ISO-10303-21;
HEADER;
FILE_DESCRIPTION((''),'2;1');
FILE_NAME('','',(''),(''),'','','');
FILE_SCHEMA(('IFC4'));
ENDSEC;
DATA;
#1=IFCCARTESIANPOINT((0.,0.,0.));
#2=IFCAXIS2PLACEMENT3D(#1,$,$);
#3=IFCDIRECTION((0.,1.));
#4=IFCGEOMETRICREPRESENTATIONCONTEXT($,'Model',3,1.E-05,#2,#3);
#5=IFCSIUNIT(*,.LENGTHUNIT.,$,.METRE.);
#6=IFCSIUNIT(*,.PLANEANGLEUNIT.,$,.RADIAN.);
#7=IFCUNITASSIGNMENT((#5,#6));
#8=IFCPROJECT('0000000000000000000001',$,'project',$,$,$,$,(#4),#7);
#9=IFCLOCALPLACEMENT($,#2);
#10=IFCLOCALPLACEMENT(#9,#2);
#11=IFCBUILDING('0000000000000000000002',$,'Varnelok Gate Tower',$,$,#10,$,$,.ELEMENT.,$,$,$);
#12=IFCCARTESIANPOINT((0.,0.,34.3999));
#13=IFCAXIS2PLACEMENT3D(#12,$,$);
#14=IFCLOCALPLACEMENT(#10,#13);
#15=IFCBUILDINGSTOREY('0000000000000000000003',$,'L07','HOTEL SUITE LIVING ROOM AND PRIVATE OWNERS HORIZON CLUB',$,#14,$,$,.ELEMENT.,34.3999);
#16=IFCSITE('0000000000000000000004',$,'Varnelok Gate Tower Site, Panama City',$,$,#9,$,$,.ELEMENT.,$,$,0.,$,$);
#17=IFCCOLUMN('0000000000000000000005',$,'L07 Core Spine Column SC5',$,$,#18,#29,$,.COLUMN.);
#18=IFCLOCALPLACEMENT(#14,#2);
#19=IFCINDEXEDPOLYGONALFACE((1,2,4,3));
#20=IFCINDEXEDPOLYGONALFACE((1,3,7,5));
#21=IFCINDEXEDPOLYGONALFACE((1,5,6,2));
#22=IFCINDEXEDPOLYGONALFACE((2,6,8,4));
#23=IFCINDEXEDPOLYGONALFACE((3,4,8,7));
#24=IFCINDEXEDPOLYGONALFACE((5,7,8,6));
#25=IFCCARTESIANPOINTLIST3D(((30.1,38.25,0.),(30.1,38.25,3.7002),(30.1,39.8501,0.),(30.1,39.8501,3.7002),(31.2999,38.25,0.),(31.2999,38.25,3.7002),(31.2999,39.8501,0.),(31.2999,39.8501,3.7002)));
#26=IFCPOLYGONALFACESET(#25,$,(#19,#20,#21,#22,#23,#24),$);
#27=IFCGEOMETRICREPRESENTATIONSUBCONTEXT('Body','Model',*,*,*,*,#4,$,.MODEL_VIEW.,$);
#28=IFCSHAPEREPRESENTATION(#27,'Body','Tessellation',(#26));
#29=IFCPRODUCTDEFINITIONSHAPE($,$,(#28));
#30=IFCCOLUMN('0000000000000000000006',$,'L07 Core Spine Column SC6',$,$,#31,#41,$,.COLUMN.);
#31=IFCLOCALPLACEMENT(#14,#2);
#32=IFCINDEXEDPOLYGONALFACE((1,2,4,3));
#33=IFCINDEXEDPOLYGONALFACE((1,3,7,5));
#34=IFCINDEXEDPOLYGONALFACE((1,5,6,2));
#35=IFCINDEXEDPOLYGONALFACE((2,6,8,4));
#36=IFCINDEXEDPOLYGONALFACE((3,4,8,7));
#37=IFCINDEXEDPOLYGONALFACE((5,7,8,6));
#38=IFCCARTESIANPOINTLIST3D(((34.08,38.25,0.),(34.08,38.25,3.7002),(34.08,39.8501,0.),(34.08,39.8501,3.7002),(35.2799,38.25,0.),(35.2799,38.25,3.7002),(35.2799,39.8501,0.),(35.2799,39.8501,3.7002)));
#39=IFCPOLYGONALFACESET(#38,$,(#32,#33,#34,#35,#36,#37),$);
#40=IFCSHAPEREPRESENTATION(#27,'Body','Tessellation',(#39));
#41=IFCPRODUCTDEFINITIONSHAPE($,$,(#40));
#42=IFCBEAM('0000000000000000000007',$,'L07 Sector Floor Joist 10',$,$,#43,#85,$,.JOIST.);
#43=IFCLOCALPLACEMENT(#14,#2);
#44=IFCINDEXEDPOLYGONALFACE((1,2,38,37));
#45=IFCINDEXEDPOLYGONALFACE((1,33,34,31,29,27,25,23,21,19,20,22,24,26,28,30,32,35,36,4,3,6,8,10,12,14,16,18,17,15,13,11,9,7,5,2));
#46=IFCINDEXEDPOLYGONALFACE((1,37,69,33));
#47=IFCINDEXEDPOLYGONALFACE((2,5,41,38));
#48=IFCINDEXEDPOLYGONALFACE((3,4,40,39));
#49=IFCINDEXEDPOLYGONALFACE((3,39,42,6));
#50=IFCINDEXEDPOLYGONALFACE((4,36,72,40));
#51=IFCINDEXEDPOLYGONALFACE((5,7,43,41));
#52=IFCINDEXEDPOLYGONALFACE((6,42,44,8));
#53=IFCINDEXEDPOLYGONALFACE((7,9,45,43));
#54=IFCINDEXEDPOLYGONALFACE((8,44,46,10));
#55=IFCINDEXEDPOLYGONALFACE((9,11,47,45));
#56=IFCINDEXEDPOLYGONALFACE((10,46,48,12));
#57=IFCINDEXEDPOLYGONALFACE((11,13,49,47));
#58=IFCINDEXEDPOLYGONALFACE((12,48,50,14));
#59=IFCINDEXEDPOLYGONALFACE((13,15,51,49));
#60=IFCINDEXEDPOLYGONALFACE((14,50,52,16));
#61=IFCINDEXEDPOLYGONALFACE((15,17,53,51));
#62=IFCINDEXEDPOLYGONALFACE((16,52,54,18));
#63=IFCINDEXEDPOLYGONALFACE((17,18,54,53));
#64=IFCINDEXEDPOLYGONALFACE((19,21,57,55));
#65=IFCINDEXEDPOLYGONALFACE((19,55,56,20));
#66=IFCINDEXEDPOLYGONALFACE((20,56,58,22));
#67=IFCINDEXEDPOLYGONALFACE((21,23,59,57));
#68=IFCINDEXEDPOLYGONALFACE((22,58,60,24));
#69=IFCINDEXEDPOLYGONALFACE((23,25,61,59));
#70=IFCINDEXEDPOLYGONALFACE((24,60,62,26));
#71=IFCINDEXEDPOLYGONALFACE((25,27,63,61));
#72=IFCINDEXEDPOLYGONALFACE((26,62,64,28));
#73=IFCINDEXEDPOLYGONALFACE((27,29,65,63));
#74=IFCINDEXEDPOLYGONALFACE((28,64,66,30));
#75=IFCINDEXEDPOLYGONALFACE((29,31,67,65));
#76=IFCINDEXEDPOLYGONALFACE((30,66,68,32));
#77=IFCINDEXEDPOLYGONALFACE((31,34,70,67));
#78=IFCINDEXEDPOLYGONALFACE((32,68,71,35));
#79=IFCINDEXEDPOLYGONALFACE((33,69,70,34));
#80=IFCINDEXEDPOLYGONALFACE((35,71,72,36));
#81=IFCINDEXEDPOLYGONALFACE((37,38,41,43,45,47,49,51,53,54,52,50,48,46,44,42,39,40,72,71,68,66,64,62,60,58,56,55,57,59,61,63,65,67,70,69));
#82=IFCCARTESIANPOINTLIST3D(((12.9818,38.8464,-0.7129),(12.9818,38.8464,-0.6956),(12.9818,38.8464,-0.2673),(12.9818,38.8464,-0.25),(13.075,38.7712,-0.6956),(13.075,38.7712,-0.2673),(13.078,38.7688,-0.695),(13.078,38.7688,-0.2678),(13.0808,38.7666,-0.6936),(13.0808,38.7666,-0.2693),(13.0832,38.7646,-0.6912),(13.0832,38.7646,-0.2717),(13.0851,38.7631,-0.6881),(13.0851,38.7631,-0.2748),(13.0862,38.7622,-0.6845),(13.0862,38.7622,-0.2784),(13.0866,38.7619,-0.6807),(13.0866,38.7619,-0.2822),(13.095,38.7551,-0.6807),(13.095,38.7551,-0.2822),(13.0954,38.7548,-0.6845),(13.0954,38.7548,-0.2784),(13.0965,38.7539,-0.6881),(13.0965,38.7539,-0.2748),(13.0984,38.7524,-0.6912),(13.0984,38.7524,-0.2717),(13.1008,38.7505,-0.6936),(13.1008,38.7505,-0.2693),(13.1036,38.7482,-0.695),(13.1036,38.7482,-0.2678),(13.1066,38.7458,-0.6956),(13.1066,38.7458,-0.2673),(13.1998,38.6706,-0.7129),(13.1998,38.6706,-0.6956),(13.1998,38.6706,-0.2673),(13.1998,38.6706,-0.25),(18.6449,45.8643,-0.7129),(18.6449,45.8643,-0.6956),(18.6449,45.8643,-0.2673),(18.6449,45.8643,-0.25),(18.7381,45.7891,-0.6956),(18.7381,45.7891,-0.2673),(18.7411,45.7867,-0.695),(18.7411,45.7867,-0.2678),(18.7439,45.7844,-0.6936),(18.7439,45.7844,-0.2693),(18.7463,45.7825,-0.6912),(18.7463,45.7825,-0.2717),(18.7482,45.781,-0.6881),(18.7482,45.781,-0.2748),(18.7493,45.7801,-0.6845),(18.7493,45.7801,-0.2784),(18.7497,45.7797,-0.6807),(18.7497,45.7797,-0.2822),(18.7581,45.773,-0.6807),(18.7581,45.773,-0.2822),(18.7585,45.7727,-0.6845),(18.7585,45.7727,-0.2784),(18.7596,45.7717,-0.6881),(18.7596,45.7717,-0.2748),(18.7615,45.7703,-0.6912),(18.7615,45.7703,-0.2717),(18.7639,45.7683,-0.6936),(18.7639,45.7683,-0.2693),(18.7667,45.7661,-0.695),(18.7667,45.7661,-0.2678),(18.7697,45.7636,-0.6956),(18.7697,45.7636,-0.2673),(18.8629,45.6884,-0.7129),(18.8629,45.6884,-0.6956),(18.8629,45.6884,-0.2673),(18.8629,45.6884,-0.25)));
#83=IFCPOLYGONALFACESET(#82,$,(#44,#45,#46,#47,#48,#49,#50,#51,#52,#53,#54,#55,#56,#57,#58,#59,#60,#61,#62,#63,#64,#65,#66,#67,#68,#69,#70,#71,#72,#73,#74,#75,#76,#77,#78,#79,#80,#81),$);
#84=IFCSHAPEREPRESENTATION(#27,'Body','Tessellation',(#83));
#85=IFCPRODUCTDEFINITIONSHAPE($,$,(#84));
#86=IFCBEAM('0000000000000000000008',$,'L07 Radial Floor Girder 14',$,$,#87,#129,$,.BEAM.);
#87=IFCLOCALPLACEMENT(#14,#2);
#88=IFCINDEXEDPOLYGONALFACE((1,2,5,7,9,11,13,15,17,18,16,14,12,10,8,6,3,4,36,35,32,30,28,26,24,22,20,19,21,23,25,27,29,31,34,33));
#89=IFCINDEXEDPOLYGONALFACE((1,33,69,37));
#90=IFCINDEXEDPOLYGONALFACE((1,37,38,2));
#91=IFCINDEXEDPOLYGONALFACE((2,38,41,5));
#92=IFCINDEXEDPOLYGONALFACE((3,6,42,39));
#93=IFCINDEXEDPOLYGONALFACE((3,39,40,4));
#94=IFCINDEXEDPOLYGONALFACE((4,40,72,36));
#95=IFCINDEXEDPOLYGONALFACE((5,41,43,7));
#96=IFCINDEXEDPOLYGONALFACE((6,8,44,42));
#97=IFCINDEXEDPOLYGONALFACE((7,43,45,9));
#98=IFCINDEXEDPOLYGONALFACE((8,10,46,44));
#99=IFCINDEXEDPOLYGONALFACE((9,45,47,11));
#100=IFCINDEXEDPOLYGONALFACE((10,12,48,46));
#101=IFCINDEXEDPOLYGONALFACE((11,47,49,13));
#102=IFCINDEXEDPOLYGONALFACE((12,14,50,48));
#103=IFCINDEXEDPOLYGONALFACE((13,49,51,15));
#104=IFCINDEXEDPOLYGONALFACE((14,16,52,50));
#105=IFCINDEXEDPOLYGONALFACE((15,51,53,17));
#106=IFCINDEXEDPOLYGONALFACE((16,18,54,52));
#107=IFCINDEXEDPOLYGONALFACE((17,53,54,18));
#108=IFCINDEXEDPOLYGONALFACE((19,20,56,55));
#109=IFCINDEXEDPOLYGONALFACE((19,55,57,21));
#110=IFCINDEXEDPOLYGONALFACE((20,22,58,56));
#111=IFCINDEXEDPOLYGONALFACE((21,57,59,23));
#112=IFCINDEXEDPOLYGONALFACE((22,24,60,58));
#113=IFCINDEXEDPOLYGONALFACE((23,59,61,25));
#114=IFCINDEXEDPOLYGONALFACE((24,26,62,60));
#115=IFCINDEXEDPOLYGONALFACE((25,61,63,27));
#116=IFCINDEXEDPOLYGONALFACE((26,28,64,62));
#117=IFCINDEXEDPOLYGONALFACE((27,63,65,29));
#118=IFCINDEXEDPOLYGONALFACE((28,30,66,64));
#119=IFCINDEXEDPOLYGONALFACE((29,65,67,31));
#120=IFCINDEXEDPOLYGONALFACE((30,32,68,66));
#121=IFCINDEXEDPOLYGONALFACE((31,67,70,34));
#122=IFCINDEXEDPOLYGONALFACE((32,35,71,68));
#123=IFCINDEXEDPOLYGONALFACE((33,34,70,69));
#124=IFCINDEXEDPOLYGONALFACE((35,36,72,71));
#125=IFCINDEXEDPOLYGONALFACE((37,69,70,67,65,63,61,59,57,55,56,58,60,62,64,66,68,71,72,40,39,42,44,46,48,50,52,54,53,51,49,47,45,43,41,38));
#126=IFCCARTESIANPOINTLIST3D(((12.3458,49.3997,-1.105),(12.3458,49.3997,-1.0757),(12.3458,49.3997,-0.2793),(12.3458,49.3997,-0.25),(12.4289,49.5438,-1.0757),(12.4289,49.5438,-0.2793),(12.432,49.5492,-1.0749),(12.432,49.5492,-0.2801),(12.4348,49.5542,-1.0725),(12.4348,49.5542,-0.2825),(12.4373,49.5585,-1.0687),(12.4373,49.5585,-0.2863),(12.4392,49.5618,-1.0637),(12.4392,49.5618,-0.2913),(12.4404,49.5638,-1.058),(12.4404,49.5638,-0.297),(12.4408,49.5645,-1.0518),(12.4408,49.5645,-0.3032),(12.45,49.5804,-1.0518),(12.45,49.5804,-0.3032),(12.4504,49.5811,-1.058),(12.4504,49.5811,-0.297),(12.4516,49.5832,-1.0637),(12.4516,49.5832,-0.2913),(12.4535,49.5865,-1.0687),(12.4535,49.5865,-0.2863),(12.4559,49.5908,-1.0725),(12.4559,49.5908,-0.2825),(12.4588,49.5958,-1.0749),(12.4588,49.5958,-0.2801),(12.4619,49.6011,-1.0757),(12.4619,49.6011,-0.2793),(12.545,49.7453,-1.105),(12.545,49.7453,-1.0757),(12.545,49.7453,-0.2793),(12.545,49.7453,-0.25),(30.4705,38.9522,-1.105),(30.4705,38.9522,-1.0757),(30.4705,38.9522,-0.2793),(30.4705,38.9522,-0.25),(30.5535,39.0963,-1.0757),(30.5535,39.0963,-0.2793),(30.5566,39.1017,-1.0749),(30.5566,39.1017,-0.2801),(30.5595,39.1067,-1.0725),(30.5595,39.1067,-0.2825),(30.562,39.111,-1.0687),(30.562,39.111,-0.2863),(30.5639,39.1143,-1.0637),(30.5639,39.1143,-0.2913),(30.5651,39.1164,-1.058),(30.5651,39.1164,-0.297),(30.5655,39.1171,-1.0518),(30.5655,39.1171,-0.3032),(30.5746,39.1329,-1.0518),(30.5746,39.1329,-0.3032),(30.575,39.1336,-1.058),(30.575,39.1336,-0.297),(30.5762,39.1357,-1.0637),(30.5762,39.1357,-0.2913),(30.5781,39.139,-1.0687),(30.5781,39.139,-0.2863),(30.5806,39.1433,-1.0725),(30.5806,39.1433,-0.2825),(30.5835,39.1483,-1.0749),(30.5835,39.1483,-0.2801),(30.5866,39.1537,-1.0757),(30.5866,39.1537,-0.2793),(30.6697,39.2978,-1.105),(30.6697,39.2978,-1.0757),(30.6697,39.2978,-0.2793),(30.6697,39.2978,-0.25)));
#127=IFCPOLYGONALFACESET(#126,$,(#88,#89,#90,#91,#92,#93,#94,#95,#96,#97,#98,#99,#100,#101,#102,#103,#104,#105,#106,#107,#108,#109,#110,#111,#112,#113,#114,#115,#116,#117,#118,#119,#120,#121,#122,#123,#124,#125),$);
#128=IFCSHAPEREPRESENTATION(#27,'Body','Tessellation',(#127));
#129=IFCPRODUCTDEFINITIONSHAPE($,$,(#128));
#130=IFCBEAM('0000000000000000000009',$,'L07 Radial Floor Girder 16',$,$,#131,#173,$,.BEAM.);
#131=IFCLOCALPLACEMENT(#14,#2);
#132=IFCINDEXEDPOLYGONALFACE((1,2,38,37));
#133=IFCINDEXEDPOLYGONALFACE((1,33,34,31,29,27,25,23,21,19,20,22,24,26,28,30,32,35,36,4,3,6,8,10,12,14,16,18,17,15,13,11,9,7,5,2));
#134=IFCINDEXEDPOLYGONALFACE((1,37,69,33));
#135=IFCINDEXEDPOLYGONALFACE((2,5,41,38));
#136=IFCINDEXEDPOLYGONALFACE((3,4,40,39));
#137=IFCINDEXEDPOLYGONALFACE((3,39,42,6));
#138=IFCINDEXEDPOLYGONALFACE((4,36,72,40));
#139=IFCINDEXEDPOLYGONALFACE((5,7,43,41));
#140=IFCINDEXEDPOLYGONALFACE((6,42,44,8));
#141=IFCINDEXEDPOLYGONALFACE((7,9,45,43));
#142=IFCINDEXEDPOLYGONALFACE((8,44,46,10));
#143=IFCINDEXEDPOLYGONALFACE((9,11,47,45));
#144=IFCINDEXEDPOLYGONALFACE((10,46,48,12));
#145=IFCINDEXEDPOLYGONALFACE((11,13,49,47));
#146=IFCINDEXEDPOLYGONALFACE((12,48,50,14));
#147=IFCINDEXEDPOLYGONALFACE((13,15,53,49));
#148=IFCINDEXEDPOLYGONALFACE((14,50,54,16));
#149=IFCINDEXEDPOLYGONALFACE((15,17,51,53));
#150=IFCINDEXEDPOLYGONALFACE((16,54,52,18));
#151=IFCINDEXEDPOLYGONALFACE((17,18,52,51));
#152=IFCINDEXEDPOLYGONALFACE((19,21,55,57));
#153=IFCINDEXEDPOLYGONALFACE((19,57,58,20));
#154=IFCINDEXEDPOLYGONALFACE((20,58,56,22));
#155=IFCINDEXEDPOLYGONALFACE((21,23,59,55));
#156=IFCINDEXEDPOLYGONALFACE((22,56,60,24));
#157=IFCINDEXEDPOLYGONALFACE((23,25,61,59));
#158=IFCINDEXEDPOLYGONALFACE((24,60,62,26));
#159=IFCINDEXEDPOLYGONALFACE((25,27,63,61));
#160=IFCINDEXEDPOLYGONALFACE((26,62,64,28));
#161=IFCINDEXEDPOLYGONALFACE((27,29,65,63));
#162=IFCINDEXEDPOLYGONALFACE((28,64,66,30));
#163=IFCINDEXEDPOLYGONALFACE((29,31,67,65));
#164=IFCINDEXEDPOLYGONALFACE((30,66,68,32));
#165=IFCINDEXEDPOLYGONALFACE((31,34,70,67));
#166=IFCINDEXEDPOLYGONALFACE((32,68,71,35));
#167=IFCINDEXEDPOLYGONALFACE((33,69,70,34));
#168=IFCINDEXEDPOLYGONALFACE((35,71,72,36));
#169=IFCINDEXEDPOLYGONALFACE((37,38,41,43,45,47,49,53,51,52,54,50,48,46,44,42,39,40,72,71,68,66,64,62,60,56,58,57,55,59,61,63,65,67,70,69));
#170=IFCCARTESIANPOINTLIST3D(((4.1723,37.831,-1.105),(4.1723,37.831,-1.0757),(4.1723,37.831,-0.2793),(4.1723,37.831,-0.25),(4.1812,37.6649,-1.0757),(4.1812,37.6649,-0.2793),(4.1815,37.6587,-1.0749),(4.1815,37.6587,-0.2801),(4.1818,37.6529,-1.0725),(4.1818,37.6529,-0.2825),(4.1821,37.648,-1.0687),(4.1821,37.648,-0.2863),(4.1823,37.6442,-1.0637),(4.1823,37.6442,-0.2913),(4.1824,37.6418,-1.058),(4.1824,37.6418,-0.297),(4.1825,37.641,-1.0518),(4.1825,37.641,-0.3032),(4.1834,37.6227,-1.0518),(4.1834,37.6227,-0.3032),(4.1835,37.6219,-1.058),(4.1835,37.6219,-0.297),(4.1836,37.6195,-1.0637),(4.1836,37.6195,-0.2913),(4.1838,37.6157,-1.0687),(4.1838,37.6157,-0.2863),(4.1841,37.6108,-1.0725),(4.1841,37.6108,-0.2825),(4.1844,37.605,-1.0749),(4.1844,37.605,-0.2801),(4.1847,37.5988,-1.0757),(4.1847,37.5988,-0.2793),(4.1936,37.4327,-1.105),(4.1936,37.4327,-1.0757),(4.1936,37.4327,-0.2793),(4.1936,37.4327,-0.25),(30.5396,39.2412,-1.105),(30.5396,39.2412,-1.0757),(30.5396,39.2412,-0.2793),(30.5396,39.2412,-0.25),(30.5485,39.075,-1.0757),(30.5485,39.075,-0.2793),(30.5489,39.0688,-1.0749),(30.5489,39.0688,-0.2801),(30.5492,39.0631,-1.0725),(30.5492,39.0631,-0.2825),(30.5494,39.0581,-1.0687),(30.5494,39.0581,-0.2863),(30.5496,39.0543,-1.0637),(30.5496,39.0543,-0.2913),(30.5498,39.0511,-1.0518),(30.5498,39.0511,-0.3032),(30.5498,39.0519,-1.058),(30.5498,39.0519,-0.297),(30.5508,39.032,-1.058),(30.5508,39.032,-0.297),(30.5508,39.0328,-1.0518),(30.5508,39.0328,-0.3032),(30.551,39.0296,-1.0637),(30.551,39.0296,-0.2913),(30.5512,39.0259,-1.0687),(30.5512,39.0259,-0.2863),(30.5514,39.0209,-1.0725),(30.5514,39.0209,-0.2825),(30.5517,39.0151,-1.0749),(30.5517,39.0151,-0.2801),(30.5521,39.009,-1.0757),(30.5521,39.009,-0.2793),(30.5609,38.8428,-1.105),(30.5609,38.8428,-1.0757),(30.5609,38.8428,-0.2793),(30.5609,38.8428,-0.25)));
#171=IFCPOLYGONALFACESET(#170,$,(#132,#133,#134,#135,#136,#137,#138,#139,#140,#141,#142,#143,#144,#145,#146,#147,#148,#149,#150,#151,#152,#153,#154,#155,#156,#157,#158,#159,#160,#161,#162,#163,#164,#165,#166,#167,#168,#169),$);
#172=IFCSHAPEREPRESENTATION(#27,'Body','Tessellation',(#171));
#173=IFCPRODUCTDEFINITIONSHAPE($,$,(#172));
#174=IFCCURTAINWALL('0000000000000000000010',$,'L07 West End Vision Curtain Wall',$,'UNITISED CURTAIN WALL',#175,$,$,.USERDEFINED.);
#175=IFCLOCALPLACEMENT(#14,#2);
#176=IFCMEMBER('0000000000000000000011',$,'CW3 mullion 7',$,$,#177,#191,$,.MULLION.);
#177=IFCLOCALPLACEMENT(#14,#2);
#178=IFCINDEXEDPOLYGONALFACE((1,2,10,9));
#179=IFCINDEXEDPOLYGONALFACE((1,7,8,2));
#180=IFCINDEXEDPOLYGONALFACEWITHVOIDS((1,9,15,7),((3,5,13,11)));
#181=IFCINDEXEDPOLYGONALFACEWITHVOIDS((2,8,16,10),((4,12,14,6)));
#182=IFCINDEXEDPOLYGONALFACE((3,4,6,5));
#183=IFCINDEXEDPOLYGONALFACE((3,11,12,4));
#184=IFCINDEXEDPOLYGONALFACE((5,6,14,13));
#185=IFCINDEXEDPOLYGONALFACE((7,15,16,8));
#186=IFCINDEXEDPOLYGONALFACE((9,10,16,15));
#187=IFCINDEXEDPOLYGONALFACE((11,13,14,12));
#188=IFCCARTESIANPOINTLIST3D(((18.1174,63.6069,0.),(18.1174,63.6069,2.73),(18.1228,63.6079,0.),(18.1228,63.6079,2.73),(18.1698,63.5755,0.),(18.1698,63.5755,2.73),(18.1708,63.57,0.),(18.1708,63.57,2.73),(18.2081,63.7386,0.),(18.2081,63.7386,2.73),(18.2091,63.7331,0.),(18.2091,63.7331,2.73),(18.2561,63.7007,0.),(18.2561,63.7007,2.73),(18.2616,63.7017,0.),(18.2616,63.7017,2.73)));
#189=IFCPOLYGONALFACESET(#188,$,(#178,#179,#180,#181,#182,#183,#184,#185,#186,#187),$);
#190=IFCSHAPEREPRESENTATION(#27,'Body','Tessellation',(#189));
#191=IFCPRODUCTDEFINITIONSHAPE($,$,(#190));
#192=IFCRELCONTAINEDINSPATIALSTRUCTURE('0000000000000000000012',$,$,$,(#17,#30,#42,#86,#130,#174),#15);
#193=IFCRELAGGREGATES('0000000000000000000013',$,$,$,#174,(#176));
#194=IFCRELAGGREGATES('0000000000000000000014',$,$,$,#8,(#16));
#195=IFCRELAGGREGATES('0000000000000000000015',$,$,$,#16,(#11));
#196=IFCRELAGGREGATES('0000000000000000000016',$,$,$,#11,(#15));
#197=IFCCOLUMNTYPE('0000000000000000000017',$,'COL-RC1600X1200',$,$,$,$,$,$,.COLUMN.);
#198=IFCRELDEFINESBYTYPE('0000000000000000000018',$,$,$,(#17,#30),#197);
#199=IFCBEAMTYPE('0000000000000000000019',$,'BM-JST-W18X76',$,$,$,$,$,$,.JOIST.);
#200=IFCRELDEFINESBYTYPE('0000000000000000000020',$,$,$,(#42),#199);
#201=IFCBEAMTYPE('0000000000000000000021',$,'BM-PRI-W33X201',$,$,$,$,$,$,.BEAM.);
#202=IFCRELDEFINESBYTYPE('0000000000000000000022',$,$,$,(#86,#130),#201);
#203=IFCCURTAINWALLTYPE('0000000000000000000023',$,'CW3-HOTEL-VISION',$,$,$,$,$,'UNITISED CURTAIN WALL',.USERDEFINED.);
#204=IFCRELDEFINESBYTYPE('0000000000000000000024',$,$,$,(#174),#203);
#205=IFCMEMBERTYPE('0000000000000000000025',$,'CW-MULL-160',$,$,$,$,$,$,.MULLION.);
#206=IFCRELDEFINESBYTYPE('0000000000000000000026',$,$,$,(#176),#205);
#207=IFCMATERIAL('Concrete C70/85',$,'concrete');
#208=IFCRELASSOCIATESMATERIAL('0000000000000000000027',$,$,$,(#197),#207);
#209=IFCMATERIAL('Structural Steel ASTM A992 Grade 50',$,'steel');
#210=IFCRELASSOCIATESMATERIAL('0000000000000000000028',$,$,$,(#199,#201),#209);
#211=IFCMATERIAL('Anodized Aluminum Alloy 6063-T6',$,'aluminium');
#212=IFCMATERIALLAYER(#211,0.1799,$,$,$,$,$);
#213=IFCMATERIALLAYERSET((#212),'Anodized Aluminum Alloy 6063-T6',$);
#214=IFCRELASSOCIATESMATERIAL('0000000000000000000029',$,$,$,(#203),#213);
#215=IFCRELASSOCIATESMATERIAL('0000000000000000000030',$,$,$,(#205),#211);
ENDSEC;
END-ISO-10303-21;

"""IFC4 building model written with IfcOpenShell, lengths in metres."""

from ifc_helpers import new_model, si_unit, direction, frame, origin, origin_2d, place, context, subcontext, project, spatial, rectangle, hollow_rectangle, i_section, extrude, material, layer, layer_set, material_profile, profile_set, type_object, element, aggregate, save


model = new_model("IFC4")

# Units and contexts
model_context = context("Model", 3, precision=1e-05, world=origin(), true_north=direction((0.0, 1.0)))
body_context = subcontext(model_context, "Body", "Model", "MODEL_VIEW")
ifc_project = project(units=[si_unit("LENGTHUNIT", "METRE"), si_unit("PLANEANGLEUNIT", "RADIAN")], contexts=[model_context])

# Site, building, storey
site_placement = place(None, origin())
site = spatial("IfcSite", under=ifc_project, at=site_placement, Name="Varnelok Gate Tower Site, Panama City", CompositionType="ELEMENT", RefElevation=0.0)
building_placement = place(site_placement, origin())
building = spatial("IfcBuilding", under=site, at=building_placement, Name="Varnelok Gate Tower", CompositionType="ELEMENT")
storey_placement = place(building_placement, frame((0.0, 0.0, 34.3999)))
storey = spatial("IfcBuildingStorey", under=building, at=storey_placement, Name="L07", Description="HOTEL SUITE LIVING ROOM AND PRIVATE OWNERS HORIZON CLUB", CompositionType="ELEMENT", Elevation=34.3999)

# Columns
ifc_material_1 = material(Name="Concrete C70/85", Category="concrete")
ifc_material_profile_1 = material_profile(ifc_material_1, rectangle(XDim=1.2, YDim=1.6001, at=origin_2d()), Name="RC1600X1200")
ifc_profile_set_1 = profile_set([ifc_material_profile_1], Name="Concrete C70/85")
column_type = type_object("IfcColumnType", Name="COL-RC1600X1200", PredefinedType="COLUMN", material=ifc_profile_set_1)
for number, where, z_axis, x_axis, name in (
    (1, (30.7, 39.05, 0.0), (0.0, 0.0, 1.0), (1.0, 0.0, 0.0), "L07 Core Spine Column SC5"),
    (2, (34.6799, 39.05, 0.0), (0.0, 0.0, 1.0), (1.0, 0.0, 0.0), "L07 Core Spine Column SC6"),
):
    element("IfcColumn", number, at=place(storey_placement, frame(where, z_axis=z_axis, x_axis=x_axis)), inside=storey, type_object=column_type, Name=name, PredefinedType="COLUMN", context=body_context, shape_type="SweptSolid", body=[
        extrude(rectangle(XDim=1.2, YDim=1.6001, at=origin_2d()), origin(), (0.0, 0.0, 1.0), 3.7002),
    ])

# Beams
ifc_material_2 = material(Name="Structural Steel ASTM A992 Grade 50", Category="steel")
ifc_material_profile_2 = material_profile(ifc_material_2, i_section(OverallWidth=0.28, OverallDepth=0.4629, WebThickness=0.0107, FlangeThickness=0.0173, FilletRadius=0.0149, at=origin_2d()), Name="W18X76")
ifc_profile_set_2 = profile_set([ifc_material_profile_2], Name="Structural Steel ASTM A992 Grade 50")
beam_type_1 = type_object("IfcBeamType", Name="BM-JST-W18X76", PredefinedType="JOIST", material=ifc_profile_set_2)
beam_1_placement = place(storey_placement, frame((18.7539, 45.7764, -0.4814), z_axis=(-0.627991, -0.778221, 0.0), x_axis=(0.778221, -0.627991, 0.0)))
element("IfcBeam", 3, at=beam_1_placement, inside=storey, type_object=beam_type_1, Name="L07 Sector Floor Joist 10", PredefinedType="JOIST", context=body_context, shape_type="SweptSolid", body=[
    extrude(i_section(OverallWidth=0.28, OverallDepth=0.4629, WebThickness=0.0107, FlangeThickness=0.0173, FilletRadius=0.0149, at=origin_2d()), origin(), (0.0, 0.0, 1.0), 9.0178),
])
ifc_material_profile_3 = material_profile(ifc_material_2, i_section(OverallWidth=0.3989, OverallDepth=0.855, WebThickness=0.0183, FlangeThickness=0.0293, FilletRadius=0.0239, at=origin_2d()), Name="W33X201")
ifc_profile_set_3 = profile_set([ifc_material_profile_3], Name="Structural Steel ASTM A992 Grade 50")
beam_type_2 = type_object("IfcBeamType", Name="BM-PRI-W33X201", PredefinedType="BEAM", material=ifc_profile_set_3)
beam_2_placement = place(storey_placement, frame((30.5701, 39.125, -0.6775), z_axis=(-0.866373, 0.499397, 0.0), x_axis=(-0.499397, -0.866373, 0.0)))
element("IfcBeam", 4, at=beam_2_placement, inside=storey, type_object=beam_type_2, Name="L07 Radial Floor Girder 14", PredefinedType="BEAM", context=body_context, shape_type="SweptSolid", body=[
    extrude(i_section(OverallWidth=0.3989, OverallDepth=0.855, WebThickness=0.0183, FlangeThickness=0.0293, FilletRadius=0.0239, at=origin_2d()), origin(), (0.0, 0.0, 1.0), 20.9202),
])
beam_3_placement = place(storey_placement, frame((30.5503, 39.042, -0.6775), z_axis=(-0.998573, -0.053405, 0.0), x_axis=(0.053405, -0.998573, 0.0)))
element("IfcBeam", 5, at=beam_3_placement, inside=storey, type_object=beam_type_2, Name="L07 Radial Floor Girder 16", PredefinedType="BEAM", context=body_context, shape_type="SweptSolid", body=[
    extrude(i_section(OverallWidth=0.3989, OverallDepth=0.855, WebThickness=0.0183, FlangeThickness=0.0293, FilletRadius=0.0239, at=origin_2d()), origin(), (0.0, 0.0, 1.0), 26.405),
])

# Curtain wall, member
ifc_material_3 = material(Name="Anodized Aluminum Alloy 6063-T6", Category="aluminium")
ifc_layer_1 = layer(ifc_material_3, 0.1799)
ifc_layer_set_1 = layer_set([ifc_layer_1], Name="Anodized Aluminum Alloy 6063-T6")
curtain_wall_type = type_object("IfcCurtainWallType", Name="CW3-HOTEL-VISION", ElementType="UNITISED CURTAIN WALL", PredefinedType="USERDEFINED", material=ifc_layer_set_1)
curtain_wall_placement = place(storey_placement, origin())
curtain_wall = element("IfcCurtainWall", 6, at=curtain_wall_placement, inside=storey, type_object=curtain_wall_type, Name="L07 West End Vision Curtain Wall", ObjectType="UNITISED CURTAIN WALL", PredefinedType="USERDEFINED")
ifc_material_profile_4 = material_profile(ifc_material_3, hollow_rectangle(XDim=0.0649, YDim=0.1599, WallThickness=0.0039, at=origin_2d()), Name="ALU160X65X4")
ifc_profile_set_4 = profile_set([ifc_material_profile_4], Name="Anodized Aluminum Alloy 6063-T6")
member_type = type_object("IfcMemberType", Name="CW-MULL-160", PredefinedType="MULLION", material=ifc_profile_set_4)
member_placement = place(storey_placement, frame((18.1895, 63.6543, 0.0), z_axis=(0.0, 0.0, 1.0), x_axis=(-0.823533, 0.567269, 0.0)))
member = element("IfcMember", 7, at=member_placement, type_object=member_type, Name="CW3 mullion 7", PredefinedType="MULLION", context=body_context, shape_type="SweptSolid", body=[
    extrude(hollow_rectangle(XDim=0.0649, YDim=0.1599, WallThickness=0.0039, at=origin_2d()), origin(), (0.0, 0.0, 1.0), 2.73),
])
aggregate(curtain_wall, [member])

save(model, "model.ifc")
